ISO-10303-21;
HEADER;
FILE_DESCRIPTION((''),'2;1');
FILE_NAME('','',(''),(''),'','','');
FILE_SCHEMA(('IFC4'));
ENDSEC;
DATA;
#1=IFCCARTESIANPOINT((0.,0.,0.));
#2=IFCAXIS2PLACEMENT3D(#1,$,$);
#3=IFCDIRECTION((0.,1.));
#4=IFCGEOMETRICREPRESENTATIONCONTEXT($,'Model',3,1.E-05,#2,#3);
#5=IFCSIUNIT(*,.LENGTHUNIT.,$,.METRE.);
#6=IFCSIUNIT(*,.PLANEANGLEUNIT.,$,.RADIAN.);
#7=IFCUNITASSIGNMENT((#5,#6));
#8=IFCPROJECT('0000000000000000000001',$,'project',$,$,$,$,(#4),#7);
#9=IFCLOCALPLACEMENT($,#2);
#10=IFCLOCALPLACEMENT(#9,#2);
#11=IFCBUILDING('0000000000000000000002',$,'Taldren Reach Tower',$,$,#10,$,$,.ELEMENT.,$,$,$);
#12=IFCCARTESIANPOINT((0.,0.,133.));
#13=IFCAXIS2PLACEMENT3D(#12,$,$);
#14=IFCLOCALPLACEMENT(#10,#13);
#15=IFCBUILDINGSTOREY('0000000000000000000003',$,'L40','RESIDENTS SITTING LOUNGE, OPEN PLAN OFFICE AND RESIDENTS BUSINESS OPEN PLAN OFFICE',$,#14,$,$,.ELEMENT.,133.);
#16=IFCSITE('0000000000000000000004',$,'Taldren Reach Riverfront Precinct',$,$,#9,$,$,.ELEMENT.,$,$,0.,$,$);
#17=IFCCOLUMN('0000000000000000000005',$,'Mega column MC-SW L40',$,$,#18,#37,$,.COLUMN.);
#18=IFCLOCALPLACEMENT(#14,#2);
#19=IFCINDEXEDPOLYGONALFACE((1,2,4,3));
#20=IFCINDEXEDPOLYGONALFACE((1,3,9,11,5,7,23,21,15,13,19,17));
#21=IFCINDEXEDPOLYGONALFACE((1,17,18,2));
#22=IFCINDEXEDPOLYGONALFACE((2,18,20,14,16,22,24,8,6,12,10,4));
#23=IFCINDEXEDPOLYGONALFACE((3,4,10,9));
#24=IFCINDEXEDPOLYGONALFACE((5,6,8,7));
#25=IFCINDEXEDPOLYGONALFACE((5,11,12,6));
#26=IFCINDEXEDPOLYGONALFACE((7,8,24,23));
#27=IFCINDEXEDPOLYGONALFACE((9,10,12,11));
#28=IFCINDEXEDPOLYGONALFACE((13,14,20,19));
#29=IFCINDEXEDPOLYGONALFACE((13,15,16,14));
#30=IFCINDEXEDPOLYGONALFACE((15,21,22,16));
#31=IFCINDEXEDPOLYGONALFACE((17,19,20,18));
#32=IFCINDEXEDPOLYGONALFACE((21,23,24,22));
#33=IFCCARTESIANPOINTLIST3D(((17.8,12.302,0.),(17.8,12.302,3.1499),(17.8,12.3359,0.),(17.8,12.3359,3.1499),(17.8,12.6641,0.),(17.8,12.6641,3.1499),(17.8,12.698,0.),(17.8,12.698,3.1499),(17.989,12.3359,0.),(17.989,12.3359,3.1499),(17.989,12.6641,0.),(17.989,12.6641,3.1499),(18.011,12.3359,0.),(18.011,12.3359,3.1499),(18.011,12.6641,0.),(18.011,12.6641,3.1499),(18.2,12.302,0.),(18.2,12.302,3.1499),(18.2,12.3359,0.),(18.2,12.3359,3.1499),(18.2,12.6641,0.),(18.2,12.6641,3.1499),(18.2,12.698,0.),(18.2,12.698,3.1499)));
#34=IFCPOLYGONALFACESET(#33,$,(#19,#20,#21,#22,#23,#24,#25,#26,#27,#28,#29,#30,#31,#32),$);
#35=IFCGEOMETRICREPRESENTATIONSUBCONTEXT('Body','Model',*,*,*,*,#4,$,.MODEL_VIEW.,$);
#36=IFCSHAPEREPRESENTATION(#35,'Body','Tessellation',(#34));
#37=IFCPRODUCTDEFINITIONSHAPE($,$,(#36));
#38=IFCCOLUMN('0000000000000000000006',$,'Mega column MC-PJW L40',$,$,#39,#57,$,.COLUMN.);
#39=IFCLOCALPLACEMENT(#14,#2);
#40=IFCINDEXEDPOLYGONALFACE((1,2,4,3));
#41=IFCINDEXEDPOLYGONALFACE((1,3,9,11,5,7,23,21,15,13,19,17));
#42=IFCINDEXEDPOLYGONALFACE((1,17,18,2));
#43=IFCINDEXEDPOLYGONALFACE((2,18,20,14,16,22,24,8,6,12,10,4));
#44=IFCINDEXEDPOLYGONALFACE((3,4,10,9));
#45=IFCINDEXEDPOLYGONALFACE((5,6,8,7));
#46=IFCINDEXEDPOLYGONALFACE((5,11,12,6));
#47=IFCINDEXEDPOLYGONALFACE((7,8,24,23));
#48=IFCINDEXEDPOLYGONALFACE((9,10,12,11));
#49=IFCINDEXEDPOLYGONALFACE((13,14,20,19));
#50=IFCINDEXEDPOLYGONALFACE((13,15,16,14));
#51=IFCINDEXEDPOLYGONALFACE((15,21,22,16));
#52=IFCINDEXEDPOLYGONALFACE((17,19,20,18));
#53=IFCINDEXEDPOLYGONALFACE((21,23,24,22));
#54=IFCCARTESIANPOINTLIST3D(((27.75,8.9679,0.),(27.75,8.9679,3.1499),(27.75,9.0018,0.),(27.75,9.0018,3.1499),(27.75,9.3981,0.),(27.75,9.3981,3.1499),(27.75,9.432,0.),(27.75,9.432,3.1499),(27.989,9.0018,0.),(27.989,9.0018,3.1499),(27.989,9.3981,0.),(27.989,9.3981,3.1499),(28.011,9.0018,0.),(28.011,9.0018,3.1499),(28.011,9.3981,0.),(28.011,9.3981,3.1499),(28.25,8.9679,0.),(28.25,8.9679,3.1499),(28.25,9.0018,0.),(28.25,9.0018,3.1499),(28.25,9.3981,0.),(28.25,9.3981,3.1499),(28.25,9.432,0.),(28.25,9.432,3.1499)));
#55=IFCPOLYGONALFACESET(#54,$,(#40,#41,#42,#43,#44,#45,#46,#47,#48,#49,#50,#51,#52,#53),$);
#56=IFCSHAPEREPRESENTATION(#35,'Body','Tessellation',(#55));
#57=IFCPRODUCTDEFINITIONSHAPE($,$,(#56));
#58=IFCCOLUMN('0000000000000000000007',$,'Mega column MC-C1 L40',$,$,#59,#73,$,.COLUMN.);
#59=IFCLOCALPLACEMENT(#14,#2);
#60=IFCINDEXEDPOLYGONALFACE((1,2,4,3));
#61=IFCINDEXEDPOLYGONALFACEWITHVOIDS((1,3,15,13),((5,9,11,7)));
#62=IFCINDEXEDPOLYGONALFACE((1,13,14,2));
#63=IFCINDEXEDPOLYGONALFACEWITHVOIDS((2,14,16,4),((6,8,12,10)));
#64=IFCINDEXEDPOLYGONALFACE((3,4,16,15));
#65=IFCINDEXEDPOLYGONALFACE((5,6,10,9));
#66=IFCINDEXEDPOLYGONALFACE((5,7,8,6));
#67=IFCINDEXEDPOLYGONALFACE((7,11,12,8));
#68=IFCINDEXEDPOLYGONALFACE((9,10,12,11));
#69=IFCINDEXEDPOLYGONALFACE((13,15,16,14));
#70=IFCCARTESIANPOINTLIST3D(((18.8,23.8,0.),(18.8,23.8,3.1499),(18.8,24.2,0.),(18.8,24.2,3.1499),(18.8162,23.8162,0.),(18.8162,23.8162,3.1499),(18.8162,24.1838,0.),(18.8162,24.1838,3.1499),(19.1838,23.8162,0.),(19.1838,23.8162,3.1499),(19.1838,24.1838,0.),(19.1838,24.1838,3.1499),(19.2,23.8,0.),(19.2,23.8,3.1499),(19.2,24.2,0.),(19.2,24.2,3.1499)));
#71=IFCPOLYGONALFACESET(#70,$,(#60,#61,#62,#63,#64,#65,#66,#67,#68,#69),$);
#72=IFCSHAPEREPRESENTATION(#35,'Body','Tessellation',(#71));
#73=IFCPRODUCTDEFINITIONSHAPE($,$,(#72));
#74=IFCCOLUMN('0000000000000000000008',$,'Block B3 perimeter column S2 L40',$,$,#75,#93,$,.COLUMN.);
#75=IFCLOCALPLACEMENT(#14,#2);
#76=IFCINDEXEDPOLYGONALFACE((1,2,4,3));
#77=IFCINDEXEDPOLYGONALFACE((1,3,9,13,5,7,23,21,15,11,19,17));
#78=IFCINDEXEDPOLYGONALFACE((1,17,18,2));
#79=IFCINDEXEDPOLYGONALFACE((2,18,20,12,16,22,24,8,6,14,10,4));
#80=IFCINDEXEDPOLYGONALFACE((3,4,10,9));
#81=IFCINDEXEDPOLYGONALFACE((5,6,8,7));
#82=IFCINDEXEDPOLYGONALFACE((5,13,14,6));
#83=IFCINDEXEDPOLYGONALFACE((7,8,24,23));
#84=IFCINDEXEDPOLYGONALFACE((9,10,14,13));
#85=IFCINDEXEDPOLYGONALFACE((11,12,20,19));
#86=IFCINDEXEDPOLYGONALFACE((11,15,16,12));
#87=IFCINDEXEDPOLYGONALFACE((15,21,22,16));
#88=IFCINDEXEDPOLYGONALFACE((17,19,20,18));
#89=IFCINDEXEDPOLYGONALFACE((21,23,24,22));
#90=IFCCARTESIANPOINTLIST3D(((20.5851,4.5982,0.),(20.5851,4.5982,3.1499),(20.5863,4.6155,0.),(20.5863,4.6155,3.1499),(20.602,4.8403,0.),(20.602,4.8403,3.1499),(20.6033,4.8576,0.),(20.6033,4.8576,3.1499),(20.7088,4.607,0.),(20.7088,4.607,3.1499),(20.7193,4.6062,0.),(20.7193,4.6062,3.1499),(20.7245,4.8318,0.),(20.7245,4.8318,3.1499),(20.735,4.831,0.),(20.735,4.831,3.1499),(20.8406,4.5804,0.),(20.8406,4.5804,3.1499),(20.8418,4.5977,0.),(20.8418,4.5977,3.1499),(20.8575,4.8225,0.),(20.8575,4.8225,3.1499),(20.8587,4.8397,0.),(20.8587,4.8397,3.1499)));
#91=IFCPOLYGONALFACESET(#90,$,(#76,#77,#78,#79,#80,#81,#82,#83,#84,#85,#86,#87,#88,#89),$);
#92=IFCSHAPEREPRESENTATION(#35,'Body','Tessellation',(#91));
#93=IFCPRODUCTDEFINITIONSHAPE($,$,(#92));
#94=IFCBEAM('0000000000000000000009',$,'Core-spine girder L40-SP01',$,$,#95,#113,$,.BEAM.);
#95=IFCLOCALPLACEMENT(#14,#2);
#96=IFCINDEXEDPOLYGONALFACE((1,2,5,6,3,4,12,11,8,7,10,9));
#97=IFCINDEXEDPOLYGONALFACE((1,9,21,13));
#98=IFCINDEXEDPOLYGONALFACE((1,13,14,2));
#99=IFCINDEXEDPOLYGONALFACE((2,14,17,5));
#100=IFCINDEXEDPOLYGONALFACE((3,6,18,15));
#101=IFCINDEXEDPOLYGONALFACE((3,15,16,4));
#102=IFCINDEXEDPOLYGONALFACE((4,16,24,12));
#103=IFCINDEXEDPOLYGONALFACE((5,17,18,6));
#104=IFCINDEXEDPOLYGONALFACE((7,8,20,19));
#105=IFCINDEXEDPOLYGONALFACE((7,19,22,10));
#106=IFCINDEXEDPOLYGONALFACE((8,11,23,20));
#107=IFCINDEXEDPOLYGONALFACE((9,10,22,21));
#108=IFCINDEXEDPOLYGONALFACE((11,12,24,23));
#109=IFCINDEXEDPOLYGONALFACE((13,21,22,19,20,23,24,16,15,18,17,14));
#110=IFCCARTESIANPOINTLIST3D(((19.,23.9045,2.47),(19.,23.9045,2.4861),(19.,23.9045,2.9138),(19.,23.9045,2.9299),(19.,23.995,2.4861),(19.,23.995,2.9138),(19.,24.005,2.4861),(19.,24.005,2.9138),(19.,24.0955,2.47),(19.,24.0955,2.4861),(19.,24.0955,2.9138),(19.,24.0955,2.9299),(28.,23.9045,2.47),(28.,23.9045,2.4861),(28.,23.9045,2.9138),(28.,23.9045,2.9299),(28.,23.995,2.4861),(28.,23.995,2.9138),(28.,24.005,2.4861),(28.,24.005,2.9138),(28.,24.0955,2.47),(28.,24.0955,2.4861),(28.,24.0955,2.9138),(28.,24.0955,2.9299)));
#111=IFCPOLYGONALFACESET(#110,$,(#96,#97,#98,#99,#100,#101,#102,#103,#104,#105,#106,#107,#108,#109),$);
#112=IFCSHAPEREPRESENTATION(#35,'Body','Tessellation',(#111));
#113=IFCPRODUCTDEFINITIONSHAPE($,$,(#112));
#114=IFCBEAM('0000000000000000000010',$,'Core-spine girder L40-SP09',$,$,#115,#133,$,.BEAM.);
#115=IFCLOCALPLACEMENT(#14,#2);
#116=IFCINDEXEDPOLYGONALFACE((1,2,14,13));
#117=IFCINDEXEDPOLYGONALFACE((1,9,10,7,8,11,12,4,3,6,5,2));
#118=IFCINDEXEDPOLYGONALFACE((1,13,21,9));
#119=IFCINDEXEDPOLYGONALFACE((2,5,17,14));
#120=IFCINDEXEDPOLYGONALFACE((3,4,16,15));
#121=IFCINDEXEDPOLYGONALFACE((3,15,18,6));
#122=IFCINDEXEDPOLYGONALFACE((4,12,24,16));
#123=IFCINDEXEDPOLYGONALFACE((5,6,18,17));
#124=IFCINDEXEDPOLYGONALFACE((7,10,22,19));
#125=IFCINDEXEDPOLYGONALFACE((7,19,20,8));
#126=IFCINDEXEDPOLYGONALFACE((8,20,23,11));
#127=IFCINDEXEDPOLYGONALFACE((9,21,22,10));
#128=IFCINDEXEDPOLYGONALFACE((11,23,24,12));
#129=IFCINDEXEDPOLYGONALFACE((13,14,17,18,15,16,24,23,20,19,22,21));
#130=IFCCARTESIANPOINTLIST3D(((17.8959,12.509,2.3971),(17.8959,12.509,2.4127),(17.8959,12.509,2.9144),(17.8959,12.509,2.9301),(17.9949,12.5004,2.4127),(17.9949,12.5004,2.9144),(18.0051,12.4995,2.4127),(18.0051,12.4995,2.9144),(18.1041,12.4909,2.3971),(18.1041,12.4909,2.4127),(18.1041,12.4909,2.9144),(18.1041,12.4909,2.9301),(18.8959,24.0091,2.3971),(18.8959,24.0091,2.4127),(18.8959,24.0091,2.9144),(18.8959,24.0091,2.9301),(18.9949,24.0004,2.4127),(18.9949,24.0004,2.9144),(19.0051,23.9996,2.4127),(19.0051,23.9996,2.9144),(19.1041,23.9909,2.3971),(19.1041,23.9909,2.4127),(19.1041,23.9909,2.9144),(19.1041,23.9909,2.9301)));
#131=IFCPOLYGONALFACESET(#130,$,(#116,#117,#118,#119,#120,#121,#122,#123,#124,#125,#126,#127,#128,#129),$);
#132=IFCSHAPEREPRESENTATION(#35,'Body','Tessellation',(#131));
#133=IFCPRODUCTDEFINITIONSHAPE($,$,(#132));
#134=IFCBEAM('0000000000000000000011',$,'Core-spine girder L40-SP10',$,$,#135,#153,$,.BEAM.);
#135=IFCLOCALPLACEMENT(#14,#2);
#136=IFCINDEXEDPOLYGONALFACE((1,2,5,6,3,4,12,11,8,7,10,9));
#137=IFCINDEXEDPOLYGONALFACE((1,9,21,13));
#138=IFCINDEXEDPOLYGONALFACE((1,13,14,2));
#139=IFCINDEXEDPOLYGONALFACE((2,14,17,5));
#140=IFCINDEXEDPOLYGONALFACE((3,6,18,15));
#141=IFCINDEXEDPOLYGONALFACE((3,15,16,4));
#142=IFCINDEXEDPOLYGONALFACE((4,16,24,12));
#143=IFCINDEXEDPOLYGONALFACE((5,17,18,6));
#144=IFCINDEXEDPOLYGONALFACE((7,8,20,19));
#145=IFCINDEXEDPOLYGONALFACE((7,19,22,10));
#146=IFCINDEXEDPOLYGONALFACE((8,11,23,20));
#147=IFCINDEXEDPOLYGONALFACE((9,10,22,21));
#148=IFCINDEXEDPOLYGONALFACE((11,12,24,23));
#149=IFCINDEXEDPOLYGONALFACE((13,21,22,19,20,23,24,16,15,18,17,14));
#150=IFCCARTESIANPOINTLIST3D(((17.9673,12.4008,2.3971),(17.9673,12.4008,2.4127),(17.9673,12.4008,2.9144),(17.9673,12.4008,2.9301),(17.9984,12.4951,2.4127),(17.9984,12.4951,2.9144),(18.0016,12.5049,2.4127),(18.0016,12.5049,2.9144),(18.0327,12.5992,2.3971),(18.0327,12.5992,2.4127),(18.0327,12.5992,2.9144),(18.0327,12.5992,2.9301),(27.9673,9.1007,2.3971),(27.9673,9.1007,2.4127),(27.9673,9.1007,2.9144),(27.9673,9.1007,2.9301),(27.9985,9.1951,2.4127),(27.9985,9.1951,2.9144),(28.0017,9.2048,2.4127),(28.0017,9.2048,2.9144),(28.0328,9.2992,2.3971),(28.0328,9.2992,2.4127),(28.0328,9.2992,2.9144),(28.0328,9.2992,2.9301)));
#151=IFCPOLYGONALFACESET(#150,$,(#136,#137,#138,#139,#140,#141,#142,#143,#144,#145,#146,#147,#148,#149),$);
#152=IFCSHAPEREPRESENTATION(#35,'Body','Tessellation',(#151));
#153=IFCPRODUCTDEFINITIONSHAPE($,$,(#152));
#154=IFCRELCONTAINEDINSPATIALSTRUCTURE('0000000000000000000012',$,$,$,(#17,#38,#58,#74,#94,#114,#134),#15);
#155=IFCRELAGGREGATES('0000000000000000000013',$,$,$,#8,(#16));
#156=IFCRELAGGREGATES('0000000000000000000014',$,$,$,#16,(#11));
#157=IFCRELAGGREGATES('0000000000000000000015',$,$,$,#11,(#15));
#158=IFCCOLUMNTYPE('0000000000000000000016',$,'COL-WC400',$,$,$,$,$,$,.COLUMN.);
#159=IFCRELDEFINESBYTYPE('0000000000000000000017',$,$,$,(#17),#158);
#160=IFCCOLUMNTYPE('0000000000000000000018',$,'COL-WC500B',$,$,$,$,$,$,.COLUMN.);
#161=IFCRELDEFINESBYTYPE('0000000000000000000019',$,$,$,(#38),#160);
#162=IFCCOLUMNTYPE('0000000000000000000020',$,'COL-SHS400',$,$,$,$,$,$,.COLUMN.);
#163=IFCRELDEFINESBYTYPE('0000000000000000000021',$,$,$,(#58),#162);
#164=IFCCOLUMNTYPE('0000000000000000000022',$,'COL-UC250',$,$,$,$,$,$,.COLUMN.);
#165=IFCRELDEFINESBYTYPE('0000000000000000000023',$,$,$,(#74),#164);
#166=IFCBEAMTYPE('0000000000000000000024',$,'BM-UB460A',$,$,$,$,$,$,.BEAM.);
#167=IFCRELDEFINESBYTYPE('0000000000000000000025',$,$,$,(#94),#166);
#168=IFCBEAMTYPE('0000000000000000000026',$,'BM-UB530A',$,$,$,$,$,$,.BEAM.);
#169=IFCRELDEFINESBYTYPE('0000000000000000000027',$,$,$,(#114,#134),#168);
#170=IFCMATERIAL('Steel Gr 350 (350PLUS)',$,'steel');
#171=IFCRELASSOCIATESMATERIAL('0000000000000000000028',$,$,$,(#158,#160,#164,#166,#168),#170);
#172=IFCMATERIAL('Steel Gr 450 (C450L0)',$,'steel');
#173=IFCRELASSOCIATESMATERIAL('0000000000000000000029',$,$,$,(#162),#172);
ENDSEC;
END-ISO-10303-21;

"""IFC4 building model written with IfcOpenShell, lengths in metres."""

from ifc_helpers import new_model, si_unit, direction, frame, origin, origin_2d, place, context, subcontext, project, spatial, hollow_rectangle, i_section, extrude, source, transform, mapped, material, material_profile, profile_set, type_object, element, save


model = new_model("IFC4")

# Units and contexts
model_context = context("Model", 3, precision=1e-05, world=origin(), true_north=direction((0.0, 1.0)))
body_context = subcontext(model_context, "Body", "Model", "MODEL_VIEW")
ifc_project = project(units=[si_unit("LENGTHUNIT", "METRE"), si_unit("PLANEANGLEUNIT", "RADIAN")], contexts=[model_context])

# Site, building, storey
site_placement = place(None, origin())
site = spatial("IfcSite", under=ifc_project, at=site_placement, Name="Taldren Reach Riverfront Precinct", CompositionType="ELEMENT", RefElevation=0.0)
building_placement = place(site_placement, origin())
building = spatial("IfcBuilding", under=site, at=building_placement, Name="Taldren Reach Tower", CompositionType="ELEMENT")
storey_placement = place(building_placement, frame((0.0, 0.0, 133.0)))
storey = spatial("IfcBuildingStorey", under=building, at=storey_placement, Name="L40", Description="RESIDENTS SITTING LOUNGE, OPEN PLAN OFFICE AND RESIDENTS BUSINESS OPEN PLAN OFFICE", CompositionType="ELEMENT", Elevation=133.0)

# Columns
ifc_material_1 = material(Name="Steel Gr 350 (350PLUS)", Category="steel")
ifc_material_profile_1 = material_profile(ifc_material_1, i_section(OverallWidth=0.3999, OverallDepth=0.396, WebThickness=0.022, FlangeThickness=0.0339, at=origin_2d()), Name="400WC270")
ifc_profile_set_1 = profile_set([ifc_material_profile_1], Name="Steel Gr 350 (350PLUS)")
column_type_1 = type_object("IfcColumnType", Name="COL-WC400", PredefinedType="COLUMN", material=ifc_profile_set_1)
shared_shape_1 = source(origin(), body_context, "Body", "SweptSolid", [
    extrude(i_section(OverallWidth=0.3999, OverallDepth=0.396, WebThickness=0.022, FlangeThickness=0.0339, at=origin_2d()), origin(), (0.0, 0.0, 1.0), 3.1499),
])
column_1_placement = place(storey_placement, frame((18.0, 12.5, 0.0), z_axis=(0.0, 0.0, 1.0), x_axis=(1.0, 0.0, 0.0)))
element("IfcColumn", 1, at=column_1_placement, inside=storey, type_object=column_type_1, Name="Mega column MC-SW L40", PredefinedType="COLUMN", context=body_context, shape_type="MappedRepresentation", body=[
    mapped(shared_shape_1, transform((0.0, 0.0, 0.0), scale=1.0)),
])
ifc_material_profile_2 = material_profile(ifc_material_1, i_section(OverallWidth=0.5, OverallDepth=0.4641, WebThickness=0.022, FlangeThickness=0.0339, at=origin_2d()), Name="500WC340")
ifc_profile_set_2 = profile_set([ifc_material_profile_2], Name="Steel Gr 350 (350PLUS)")
column_type_2 = type_object("IfcColumnType", Name="COL-WC500B", PredefinedType="COLUMN", material=ifc_profile_set_2)
shared_shape_2 = source(origin(), body_context, "Body", "SweptSolid", [
    extrude(i_section(OverallWidth=0.5, OverallDepth=0.4641, WebThickness=0.022, FlangeThickness=0.0339, at=origin_2d()), origin(), (0.0, 0.0, 1.0), 3.1499),
])
column_2_placement = place(storey_placement, frame((28.0, 9.2, 0.0), z_axis=(0.0, 0.0, 1.0), x_axis=(1.0, 0.0, 0.0)))
element("IfcColumn", 2, at=column_2_placement, inside=storey, type_object=column_type_2, Name="Mega column MC-PJW L40", PredefinedType="COLUMN", context=body_context, shape_type="MappedRepresentation", body=[
    mapped(shared_shape_2, transform((0.0, 0.0, 0.0), scale=1.0)),
])
ifc_material_2 = material(Name="Steel Gr 450 (C450L0)", Category="steel")
ifc_material_profile_3 = material_profile(ifc_material_2, hollow_rectangle(XDim=0.3999, YDim=0.3999, WallThickness=0.0161, at=origin_2d()), Name="400x400x16.0SHS")
ifc_profile_set_3 = profile_set([ifc_material_profile_3], Name="Steel Gr 450 (C450L0)")
column_type_3 = type_object("IfcColumnType", Name="COL-SHS400", PredefinedType="COLUMN", material=ifc_profile_set_3)
shared_shape_3 = source(origin(), body_context, "Body", "SweptSolid", [
    extrude(hollow_rectangle(XDim=0.3999, YDim=0.3999, WallThickness=0.0161, at=origin_2d()), origin(), (0.0, 0.0, 1.0), 3.1499),
])
column_3_placement = place(storey_placement, frame((19.0, 24.0, 0.0), z_axis=(0.0, 0.0, 1.0), x_axis=(1.0, 0.0, 0.0)))
element("IfcColumn", 3, at=column_3_placement, inside=storey, type_object=column_type_3, Name="Mega column MC-C1 L40", PredefinedType="COLUMN", context=body_context, shape_type="MappedRepresentation", body=[
    mapped(shared_shape_3, transform((0.0, 0.0, 0.0), scale=1.0)),
])
ifc_material_profile_4 = material_profile(ifc_material_1, i_section(OverallWidth=0.2561, OverallDepth=0.26, WebThickness=0.0105, FlangeThickness=0.0173, at=origin_2d()), Name="250UC89.5")
ifc_profile_set_4 = profile_set([ifc_material_profile_4], Name="Steel Gr 350 (350PLUS)")
column_type_4 = type_object("IfcColumnType", Name="COL-UC250", PredefinedType="COLUMN", material=ifc_profile_set_4)
shared_shape_4 = source(origin(), body_context, "Body", "SweptSolid", [
    extrude(i_section(OverallWidth=0.2561, OverallDepth=0.26, WebThickness=0.0105, FlangeThickness=0.0173, at=origin_2d()), origin(), (0.0, 0.0, 1.0), 3.1499),
])
column_4_placement = place(storey_placement, frame((20.7219, 4.719, 0.0), z_axis=(0.0, 0.0, 1.0), x_axis=(0.997564, -0.069756, 0.0)))
element("IfcColumn", 4, at=column_4_placement, inside=storey, type_object=column_type_4, Name="Block B3 perimeter column S2 L40", PredefinedType="COLUMN", context=body_context, shape_type="MappedRepresentation", body=[
    mapped(shared_shape_4, transform((0.0, 0.0, 0.0), scale=1.0)),
])

# Beams
ifc_material_profile_5 = material_profile(ifc_material_1, i_section(OverallWidth=0.1909, OverallDepth=0.46, WebThickness=0.01, FlangeThickness=0.0161, at=origin_2d()), Name="460UB82.1")
ifc_profile_set_5 = profile_set([ifc_material_profile_5], Name="Steel Gr 350 (350PLUS)")
beam_type_1 = type_object("IfcBeamType", Name="BM-UB460A", PredefinedType="BEAM", material=ifc_profile_set_5)
shared_shape_5 = source(origin(), body_context, "Body", "SweptSolid", [
    extrude(i_section(OverallWidth=0.1909, OverallDepth=0.46, WebThickness=0.01, FlangeThickness=0.0161, at=origin_2d()), origin(), (0.0, 0.0, 1.0), 9.0),
])
beam_1_placement = place(storey_placement, frame((19.0, 24.0, 2.7), z_axis=(1.0, 0.0, 0.0), x_axis=(0.0, 1.0, 0.0)))
element("IfcBeam", 5, at=beam_1_placement, inside=storey, type_object=beam_type_1, Name="Core-spine girder L40-SP01", PredefinedType="BEAM", context=body_context, shape_type="MappedRepresentation", body=[
    mapped(shared_shape_5, transform((0.0, 0.0, 0.0), scale=1.0)),
])
ifc_material_profile_6 = material_profile(ifc_material_1, i_section(OverallWidth=0.209, OverallDepth=0.533, WebThickness=0.0103, FlangeThickness=0.0156, at=origin_2d()), Name="530UB92.4")
ifc_profile_set_6 = profile_set([ifc_material_profile_6], Name="Steel Gr 350 (350PLUS)")
beam_type_2 = type_object("IfcBeamType", Name="BM-UB530A", PredefinedType="BEAM", material=ifc_profile_set_6)
shared_shape_6 = source(origin(), body_context, "Body", "SweptSolid", [
    extrude(i_section(OverallWidth=0.209, OverallDepth=0.533, WebThickness=0.0103, FlangeThickness=0.0156, at=origin_2d()), origin(), (0.0, 0.0, 1.0), 11.5435),
])
beam_2_placement = place(storey_placement, frame((19.0, 24.0, 2.6636), z_axis=(-0.08663, -0.996241, 0.0), x_axis=(0.996241, -0.08663, 0.0)))
element("IfcBeam", 6, at=beam_2_placement, inside=storey, type_object=beam_type_2, Name="Core-spine girder L40-SP09", PredefinedType="BEAM", context=body_context, shape_type="MappedRepresentation", body=[
    mapped(shared_shape_6, transform((0.0, 0.0, 0.0), scale=1.0)),
])
shared_shape_7 = source(origin(), body_context, "Body", "SweptSolid", [
    extrude(i_section(OverallWidth=0.209, OverallDepth=0.533, WebThickness=0.0103, FlangeThickness=0.0156, at=origin_2d()), origin(), (0.0, 0.0, 1.0), 10.5305),
])
beam_3_placement = place(storey_placement, frame((18.0, 12.5, 2.6636), z_axis=(0.949627, -0.313382, 0.0), x_axis=(0.313382, 0.949627, 0.0)))
element("IfcBeam", 7, at=beam_3_placement, inside=storey, type_object=beam_type_2, Name="Core-spine girder L40-SP10", PredefinedType="BEAM", context=body_context, shape_type="MappedRepresentation", body=[
    mapped(shared_shape_7, transform((0.0, 0.0, 0.0), scale=1.0)),
])

save(model, "model.ifc")
